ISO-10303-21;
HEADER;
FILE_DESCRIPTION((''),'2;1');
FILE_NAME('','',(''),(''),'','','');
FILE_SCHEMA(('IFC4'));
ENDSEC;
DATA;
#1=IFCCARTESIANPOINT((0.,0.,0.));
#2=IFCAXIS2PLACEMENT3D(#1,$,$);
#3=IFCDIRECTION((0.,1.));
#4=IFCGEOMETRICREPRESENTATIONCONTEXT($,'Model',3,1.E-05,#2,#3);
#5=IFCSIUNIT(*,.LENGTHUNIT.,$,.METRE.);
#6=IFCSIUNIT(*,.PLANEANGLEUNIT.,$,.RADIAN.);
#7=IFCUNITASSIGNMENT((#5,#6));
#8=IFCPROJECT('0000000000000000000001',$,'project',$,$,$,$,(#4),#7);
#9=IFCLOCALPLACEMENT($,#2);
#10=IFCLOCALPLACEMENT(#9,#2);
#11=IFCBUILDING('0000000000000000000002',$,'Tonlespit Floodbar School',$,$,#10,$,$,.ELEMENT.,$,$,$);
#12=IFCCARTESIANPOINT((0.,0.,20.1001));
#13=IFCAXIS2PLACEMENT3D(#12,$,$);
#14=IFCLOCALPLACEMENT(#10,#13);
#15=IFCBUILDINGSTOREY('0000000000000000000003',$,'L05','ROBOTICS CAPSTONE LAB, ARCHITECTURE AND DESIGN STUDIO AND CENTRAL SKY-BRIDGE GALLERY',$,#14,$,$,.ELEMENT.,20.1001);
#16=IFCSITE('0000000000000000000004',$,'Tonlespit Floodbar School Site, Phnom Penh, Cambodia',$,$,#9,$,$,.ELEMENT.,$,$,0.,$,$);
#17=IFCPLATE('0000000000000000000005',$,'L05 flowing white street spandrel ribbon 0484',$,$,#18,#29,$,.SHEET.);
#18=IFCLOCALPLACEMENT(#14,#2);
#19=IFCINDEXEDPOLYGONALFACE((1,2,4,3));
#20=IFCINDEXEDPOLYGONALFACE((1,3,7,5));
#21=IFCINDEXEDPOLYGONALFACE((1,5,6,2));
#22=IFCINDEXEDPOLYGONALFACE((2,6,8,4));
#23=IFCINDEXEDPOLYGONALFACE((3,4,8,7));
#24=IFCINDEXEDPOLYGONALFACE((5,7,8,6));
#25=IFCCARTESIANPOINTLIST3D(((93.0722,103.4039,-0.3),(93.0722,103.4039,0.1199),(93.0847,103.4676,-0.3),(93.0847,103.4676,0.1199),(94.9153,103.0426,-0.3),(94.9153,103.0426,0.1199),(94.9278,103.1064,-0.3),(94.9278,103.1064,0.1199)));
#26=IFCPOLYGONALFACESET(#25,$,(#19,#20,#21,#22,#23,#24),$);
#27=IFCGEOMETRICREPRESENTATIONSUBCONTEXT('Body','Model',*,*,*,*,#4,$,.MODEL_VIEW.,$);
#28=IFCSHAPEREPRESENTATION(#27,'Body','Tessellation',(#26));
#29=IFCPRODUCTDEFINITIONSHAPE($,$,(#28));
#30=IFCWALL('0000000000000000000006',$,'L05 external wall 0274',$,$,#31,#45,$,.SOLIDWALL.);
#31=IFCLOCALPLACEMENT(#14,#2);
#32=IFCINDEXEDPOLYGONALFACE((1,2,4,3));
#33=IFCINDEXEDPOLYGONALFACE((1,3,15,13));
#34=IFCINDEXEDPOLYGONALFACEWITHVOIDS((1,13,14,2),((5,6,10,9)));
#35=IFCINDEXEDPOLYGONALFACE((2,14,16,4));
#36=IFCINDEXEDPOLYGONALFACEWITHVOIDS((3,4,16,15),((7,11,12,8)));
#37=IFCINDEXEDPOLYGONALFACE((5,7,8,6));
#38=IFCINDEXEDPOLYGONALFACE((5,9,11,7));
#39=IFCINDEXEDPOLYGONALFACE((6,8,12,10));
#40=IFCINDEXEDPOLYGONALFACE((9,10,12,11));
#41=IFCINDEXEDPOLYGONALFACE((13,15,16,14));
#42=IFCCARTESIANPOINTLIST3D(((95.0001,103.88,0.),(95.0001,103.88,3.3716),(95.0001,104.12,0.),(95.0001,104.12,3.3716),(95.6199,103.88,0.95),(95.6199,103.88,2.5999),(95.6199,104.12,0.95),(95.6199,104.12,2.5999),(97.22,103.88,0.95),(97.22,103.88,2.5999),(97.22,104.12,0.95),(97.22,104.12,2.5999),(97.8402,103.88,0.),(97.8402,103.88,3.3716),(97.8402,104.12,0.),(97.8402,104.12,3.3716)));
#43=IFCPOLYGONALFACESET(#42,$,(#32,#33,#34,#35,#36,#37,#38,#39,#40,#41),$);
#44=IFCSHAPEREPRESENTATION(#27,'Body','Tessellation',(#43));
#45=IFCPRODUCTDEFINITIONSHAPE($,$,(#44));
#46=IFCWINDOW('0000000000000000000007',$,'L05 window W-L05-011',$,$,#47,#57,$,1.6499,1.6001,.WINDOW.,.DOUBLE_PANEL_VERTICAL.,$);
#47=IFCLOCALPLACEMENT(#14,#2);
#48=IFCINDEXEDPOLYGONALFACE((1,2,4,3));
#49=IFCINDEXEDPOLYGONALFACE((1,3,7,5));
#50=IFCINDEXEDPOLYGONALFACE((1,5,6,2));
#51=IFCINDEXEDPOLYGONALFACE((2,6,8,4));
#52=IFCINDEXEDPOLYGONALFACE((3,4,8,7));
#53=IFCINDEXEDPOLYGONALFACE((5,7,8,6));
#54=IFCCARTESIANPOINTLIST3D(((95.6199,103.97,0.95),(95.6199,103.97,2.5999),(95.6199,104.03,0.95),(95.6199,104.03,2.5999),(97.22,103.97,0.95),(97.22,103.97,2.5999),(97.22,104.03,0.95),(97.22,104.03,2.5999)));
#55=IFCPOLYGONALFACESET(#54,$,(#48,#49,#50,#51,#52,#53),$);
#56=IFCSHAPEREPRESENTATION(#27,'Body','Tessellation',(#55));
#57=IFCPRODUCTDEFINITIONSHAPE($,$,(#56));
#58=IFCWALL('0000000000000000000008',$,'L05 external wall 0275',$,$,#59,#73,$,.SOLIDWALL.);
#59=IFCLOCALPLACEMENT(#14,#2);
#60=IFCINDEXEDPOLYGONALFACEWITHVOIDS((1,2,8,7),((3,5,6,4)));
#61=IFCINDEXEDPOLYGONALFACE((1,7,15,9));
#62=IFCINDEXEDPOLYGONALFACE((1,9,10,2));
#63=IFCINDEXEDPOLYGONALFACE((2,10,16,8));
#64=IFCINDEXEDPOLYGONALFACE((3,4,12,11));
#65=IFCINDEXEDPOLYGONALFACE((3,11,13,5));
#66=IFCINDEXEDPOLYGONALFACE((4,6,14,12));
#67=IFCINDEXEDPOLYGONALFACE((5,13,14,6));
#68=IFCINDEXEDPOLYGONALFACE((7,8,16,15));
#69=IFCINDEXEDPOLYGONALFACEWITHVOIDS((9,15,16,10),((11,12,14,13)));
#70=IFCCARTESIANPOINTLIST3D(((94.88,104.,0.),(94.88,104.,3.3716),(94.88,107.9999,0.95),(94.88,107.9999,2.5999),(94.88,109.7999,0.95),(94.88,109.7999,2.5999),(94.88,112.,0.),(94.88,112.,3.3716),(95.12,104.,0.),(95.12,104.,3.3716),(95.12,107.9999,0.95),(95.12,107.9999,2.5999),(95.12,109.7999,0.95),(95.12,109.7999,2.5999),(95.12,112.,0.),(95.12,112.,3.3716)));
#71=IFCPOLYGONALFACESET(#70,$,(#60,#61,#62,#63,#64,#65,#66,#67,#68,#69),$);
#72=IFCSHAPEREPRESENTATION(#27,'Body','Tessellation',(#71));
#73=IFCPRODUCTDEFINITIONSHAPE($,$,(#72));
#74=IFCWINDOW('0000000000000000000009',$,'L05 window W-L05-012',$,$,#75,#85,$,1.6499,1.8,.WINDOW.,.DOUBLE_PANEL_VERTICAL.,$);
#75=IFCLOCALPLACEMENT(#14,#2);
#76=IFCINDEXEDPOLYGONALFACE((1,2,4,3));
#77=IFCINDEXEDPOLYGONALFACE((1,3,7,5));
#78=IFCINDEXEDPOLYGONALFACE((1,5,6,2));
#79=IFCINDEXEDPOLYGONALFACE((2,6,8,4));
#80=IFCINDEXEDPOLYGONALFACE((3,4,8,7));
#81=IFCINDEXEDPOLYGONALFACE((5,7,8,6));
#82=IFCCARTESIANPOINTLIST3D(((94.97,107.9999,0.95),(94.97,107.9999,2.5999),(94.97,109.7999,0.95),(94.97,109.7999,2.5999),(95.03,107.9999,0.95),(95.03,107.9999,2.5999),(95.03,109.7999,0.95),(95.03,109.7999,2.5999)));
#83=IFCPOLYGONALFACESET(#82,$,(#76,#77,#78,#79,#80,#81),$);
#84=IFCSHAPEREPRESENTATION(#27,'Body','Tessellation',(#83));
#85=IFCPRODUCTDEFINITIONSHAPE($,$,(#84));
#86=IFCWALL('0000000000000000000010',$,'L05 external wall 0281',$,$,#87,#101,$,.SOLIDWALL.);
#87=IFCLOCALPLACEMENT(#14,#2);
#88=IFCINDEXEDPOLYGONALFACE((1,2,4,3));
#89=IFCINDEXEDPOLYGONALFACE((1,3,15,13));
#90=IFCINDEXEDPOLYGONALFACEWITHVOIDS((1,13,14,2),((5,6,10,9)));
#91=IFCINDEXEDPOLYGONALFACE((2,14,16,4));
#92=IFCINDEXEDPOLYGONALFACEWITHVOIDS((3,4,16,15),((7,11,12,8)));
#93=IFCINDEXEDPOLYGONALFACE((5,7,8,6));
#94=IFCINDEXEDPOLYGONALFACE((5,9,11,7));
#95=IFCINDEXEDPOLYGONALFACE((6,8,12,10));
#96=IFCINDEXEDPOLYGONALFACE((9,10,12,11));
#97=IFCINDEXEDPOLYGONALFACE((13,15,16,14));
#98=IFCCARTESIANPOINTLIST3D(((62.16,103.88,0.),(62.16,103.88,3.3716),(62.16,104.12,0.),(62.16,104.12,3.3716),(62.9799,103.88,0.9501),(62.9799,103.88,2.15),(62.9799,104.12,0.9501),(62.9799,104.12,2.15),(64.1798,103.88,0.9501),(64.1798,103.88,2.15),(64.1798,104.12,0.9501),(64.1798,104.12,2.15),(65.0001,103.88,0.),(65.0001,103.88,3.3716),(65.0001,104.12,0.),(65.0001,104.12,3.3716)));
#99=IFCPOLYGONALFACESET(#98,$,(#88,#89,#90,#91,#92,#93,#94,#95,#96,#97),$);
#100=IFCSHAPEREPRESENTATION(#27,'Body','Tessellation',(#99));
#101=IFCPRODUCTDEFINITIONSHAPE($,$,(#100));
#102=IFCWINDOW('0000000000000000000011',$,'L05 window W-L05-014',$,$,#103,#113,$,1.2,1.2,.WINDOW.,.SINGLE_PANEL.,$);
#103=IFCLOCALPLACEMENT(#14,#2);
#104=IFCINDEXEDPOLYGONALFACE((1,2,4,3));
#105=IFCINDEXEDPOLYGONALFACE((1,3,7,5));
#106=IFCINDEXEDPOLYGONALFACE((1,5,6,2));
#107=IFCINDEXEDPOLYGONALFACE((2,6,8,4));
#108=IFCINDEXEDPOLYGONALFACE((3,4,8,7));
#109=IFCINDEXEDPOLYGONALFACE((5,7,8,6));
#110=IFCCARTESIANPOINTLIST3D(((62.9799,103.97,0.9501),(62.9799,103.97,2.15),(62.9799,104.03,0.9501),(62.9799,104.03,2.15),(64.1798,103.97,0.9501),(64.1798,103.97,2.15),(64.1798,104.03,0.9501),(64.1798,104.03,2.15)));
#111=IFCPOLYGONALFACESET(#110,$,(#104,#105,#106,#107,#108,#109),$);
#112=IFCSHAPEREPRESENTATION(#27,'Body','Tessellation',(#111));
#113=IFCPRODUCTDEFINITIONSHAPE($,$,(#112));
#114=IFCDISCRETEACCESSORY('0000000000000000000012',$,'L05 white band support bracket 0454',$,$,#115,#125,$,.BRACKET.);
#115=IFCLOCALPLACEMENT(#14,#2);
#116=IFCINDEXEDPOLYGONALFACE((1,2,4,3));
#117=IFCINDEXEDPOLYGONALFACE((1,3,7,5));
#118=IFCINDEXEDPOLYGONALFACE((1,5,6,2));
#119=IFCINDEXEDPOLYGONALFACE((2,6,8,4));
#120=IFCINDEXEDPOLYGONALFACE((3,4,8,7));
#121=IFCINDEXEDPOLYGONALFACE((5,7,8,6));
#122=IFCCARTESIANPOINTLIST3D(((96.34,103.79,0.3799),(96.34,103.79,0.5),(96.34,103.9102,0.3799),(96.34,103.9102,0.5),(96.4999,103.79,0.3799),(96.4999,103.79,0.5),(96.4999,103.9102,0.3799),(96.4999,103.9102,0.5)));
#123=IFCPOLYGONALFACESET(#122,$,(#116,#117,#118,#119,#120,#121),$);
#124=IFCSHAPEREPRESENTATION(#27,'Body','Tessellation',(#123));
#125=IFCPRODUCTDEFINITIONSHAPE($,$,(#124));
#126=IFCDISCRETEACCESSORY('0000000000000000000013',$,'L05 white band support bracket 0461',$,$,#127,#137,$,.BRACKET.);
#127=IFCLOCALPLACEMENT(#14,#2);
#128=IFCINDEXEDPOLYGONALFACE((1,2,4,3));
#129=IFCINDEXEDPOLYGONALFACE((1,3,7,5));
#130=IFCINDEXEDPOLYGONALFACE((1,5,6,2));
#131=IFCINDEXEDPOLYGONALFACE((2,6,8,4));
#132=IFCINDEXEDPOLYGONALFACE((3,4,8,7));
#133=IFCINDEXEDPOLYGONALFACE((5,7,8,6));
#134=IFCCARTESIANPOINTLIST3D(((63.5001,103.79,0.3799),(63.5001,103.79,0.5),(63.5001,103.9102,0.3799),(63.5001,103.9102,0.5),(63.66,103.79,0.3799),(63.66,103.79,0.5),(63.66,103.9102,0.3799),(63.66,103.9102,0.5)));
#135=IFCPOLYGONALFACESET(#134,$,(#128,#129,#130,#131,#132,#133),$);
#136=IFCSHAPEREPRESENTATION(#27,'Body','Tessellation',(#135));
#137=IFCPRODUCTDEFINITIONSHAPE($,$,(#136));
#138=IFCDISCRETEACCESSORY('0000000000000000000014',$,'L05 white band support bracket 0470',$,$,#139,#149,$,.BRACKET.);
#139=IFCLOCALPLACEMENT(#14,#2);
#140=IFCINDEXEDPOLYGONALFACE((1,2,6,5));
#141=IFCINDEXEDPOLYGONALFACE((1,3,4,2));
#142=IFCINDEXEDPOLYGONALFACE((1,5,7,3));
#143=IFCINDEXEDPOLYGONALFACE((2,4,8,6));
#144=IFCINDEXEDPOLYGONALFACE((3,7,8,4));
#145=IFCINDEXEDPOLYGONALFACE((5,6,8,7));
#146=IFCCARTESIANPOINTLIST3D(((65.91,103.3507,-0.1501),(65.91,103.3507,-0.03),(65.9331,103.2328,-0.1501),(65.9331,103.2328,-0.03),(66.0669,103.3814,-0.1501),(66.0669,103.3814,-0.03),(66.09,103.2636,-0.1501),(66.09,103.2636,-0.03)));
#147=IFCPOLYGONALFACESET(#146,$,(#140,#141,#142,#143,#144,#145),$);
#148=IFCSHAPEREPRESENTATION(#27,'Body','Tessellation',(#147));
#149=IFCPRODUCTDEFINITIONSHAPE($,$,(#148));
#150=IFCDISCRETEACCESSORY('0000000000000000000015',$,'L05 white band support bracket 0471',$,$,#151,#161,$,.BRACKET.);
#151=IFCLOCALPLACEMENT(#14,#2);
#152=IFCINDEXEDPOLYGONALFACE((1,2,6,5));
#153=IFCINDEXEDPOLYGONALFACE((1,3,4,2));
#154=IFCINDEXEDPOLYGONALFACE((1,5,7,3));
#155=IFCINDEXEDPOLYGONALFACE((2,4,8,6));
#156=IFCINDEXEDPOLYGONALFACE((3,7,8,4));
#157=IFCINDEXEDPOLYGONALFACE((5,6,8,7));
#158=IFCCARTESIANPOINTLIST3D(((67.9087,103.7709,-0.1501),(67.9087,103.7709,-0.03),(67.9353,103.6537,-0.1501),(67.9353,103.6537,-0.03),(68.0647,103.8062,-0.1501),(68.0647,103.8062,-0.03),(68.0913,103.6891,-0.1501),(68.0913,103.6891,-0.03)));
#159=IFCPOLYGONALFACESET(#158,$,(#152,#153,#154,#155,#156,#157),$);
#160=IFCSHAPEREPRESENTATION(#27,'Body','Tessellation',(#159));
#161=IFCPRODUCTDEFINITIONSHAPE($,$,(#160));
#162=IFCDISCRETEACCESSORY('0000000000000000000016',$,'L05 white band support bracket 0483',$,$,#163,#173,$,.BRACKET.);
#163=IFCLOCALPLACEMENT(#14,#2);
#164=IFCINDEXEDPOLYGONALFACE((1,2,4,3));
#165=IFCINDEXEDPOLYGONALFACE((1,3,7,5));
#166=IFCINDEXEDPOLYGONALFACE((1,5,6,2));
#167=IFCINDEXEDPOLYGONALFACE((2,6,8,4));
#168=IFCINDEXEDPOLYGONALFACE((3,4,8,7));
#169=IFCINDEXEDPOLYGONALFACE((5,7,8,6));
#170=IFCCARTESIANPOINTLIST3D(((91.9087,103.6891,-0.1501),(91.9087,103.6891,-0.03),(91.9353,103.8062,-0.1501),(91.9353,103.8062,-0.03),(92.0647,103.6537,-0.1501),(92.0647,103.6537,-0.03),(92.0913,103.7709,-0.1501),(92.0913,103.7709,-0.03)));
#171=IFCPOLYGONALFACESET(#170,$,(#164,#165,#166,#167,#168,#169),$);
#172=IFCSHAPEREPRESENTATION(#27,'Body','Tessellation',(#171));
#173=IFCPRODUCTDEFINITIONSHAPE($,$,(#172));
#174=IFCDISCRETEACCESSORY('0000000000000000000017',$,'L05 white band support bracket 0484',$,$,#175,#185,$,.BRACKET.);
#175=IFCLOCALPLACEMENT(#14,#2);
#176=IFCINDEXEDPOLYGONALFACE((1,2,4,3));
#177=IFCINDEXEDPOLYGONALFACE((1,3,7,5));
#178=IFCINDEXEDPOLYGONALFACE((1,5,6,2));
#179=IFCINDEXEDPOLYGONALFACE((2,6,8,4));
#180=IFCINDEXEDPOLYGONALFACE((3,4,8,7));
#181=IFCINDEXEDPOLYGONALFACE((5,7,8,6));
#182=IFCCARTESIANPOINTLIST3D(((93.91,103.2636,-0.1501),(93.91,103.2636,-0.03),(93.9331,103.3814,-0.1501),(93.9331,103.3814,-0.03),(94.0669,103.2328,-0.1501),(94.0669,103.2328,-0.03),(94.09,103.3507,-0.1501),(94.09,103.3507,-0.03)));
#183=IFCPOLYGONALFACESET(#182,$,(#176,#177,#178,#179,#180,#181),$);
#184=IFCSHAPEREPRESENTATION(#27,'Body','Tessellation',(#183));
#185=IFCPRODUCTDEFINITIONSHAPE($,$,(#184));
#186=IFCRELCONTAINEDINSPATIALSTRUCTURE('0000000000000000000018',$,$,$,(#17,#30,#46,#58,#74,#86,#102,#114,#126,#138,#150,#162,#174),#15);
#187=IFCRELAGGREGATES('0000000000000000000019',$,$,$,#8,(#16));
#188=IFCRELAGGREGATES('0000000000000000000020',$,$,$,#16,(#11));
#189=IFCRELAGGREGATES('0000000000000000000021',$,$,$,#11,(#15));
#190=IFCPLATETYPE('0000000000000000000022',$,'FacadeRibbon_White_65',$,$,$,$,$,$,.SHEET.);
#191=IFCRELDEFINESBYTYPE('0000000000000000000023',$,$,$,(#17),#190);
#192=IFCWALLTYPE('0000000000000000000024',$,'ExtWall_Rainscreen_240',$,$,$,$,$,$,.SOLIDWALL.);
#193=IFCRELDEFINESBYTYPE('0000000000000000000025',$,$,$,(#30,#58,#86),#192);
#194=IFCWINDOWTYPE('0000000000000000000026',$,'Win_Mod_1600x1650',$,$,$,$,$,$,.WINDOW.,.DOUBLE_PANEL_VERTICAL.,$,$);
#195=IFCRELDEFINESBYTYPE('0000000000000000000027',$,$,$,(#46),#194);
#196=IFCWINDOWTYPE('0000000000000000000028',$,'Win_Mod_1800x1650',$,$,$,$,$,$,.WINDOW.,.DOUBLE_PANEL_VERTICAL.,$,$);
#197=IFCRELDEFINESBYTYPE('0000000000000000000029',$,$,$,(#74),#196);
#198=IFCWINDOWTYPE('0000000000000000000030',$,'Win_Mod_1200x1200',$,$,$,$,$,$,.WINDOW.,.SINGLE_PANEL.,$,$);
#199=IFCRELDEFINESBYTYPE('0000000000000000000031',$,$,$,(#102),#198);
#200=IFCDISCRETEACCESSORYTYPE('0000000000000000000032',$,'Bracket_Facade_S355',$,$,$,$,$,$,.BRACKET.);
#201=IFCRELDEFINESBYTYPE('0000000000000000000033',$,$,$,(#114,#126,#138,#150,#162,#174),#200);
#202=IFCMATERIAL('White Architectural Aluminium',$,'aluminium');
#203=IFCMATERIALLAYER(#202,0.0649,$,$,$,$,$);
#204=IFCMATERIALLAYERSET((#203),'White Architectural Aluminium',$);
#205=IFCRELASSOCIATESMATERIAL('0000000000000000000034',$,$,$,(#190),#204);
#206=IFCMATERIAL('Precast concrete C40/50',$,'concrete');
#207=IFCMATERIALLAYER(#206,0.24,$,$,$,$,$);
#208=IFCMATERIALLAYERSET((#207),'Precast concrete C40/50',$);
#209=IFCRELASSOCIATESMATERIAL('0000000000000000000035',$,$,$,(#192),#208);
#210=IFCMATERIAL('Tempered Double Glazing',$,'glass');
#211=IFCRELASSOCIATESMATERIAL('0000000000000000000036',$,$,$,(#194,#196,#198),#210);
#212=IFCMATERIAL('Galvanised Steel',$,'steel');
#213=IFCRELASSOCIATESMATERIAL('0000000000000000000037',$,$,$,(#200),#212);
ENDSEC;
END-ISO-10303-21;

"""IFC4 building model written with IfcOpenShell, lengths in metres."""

from ifc_helpers import new_model, si_unit, direction, frame, frame_2d, origin, origin_2d, place, context, subcontext, project, spatial, rectangle, extrude, material, layer, layer_set, type_object, element, fill, save


model = new_model("IFC4")

# Units and contexts
model_context = context("Model", 3, precision=1e-05, world=origin(), true_north=direction((0.0, 1.0)))
body_context = subcontext(model_context, "Body", "Model", "MODEL_VIEW")
ifc_project = project(units=[si_unit("LENGTHUNIT", "METRE"), si_unit("PLANEANGLEUNIT", "RADIAN")], contexts=[model_context])

# Site, building, storey
site_placement = place(None, origin())
site = spatial("IfcSite", under=ifc_project, at=site_placement, Name="Tonlespit Floodbar School Site, Phnom Penh, Cambodia", CompositionType="ELEMENT", RefElevation=0.0)
building_placement = place(site_placement, origin())
building = spatial("IfcBuilding", under=site, at=building_placement, Name="Tonlespit Floodbar School", CompositionType="ELEMENT")
storey_placement = place(building_placement, frame((0.0, 0.0, 20.1001)))
storey = spatial("IfcBuildingStorey", under=building, at=storey_placement, Name="L05", Description="ROBOTICS CAPSTONE LAB, ARCHITECTURE AND DESIGN STUDIO AND CENTRAL SKY-BRIDGE GALLERY", CompositionType="ELEMENT", Elevation=20.1001)

# Plate
ifc_material_1 = material(Name="White Architectural Aluminium", Category="aluminium")
ifc_layer_1 = layer(ifc_material_1, 0.0649)
ifc_layer_set_1 = layer_set([ifc_layer_1], Name="White Architectural Aluminium")
plate_type_1 = type_object("IfcPlateType", Name="FacadeRibbon_White_65", PredefinedType="SHEET", material=ifc_layer_set_1)
plate_1_placement = place(storey_placement, frame((94.0, 103.2551, -0.3), z_axis=(0.0, 0.0, 1.0), x_axis=(0.981328, -0.19234, 0.0)))
element("IfcPlate", 1, at=plate_1_placement, inside=storey, type_object=plate_type_1, Name="L05 flowing white street spandrel ribbon 0484", PredefinedType="SHEET", context=body_context, shape_type="SweptSolid", body=[
    extrude(rectangle(XDim=1.8782, YDim=0.0649, at=origin_2d()), origin(), (0.0, 0.0, 1.0), 0.4199),
])

# Walls, openings, windows
ifc_material_2 = material(Name="Precast concrete C40/50", Category="concrete")
ifc_layer_2 = layer(ifc_material_2, 0.24)
ifc_layer_set_2 = layer_set([ifc_layer_2], Name="Precast concrete C40/50")
wall_type = type_object("IfcWallType", Name="ExtWall_Rainscreen_240", PredefinedType="SOLIDWALL", material=ifc_layer_set_2)
wall_1_placement = place(storey_placement, frame((97.8401, 104.0, 0.0), z_axis=(0.0, 0.0, 1.0), x_axis=(-1.0, 0.0, 0.0)))
wall_1 = element("IfcWall", 2, at=wall_1_placement, inside=storey, type_object=wall_type, Name="L05 external wall 0274", PredefinedType="SOLIDWALL", context=body_context, shape_type="SweptSolid", body=[
    extrude(rectangle(XDim=2.8401, YDim=0.24, at=frame_2d((1.4199, 0.0))), origin(), (0.0, 0.0, 1.0), 3.3716),
])
opening_1_placement = place(wall_1_placement, frame((0.6201, 0.0, 0.95)))
opening_1 = element("IfcOpeningElement", 3, at=opening_1_placement, cuts=wall_1, PredefinedType="OPENING", context=body_context, shape_type="SweptSolid", body=[
    extrude(rectangle(XDim=1.6001, YDim=1.6499, at=frame_2d((0.8, 0.825))), frame((0.0, 0.1299, 0.0), z_axis=(0.0, -1.0, 0.0), x_axis=(1.0, 0.0, 0.0)), (0.0, 0.0, 1.0), 0.26),
])
ifc_material_3 = material(Name="Tempered Double Glazing", Category="glass")
window_type_1 = type_object("IfcWindowType", Name="Win_Mod_1600x1650", PartitioningType="DOUBLE_PANEL_VERTICAL", PredefinedType="WINDOW", material=ifc_material_3)
window_1_placement = place(opening_1_placement, origin())
window_1 = element("IfcWindow", 4, at=window_1_placement, inside=storey, type_object=window_type_1, Name="L05 window W-L05-011", OverallHeight=1.6499, OverallWidth=1.6001, PartitioningType="DOUBLE_PANEL_VERTICAL", PredefinedType="WINDOW", context=body_context, shape_type="SweptSolid", body=[
    extrude(rectangle(XDim=1.6001, YDim=1.6499, at=frame_2d((0.8, 0.825))), frame((0.0, 0.03, 0.0), z_axis=(0.0, -1.0, 0.0), x_axis=(1.0, 0.0, 0.0)), (0.0, 0.0, 1.0), 0.0601),
])
fill(opening_1, window_1)
wall_2_placement = place(storey_placement, frame((95.0, 104.0, 0.0), z_axis=(0.0, 0.0, 1.0), x_axis=(0.0, 1.0, 0.0)))
wall_2 = element("IfcWall", 5, at=wall_2_placement, inside=storey, type_object=wall_type, Name="L05 external wall 0275", PredefinedType="SOLIDWALL", context=body_context, shape_type="SweptSolid", body=[
    extrude(rectangle(XDim=8.0, YDim=0.24, at=frame_2d((4.0, 0.0))), origin(), (0.0, 0.0, 1.0), 3.3716),
])
opening_2_placement = place(wall_2_placement, frame((4.0, 0.0, 0.95)))
opening_2 = element("IfcOpeningElement", 6, at=opening_2_placement, cuts=wall_2, PredefinedType="OPENING", context=body_context, shape_type="SweptSolid", body=[
    extrude(rectangle(XDim=1.8, YDim=1.6499, at=frame_2d((0.8999, 0.825))), frame((0.0, 0.1299, 0.0), z_axis=(0.0, -1.0, 0.0), x_axis=(1.0, 0.0, 0.0)), (0.0, 0.0, 1.0), 0.26),
])
window_type_2 = type_object("IfcWindowType", Name="Win_Mod_1800x1650", PartitioningType="DOUBLE_PANEL_VERTICAL", PredefinedType="WINDOW", material=ifc_material_3)
window_2_placement = place(opening_2_placement, origin())
window_2 = element("IfcWindow", 7, at=window_2_placement, inside=storey, type_object=window_type_2, Name="L05 window W-L05-012", OverallHeight=1.6499, OverallWidth=1.8, PartitioningType="DOUBLE_PANEL_VERTICAL", PredefinedType="WINDOW", context=body_context, shape_type="SweptSolid", body=[
    extrude(rectangle(XDim=1.8, YDim=1.6499, at=frame_2d((0.8999, 0.825))), frame((0.0, 0.03, 0.0), z_axis=(0.0, -1.0, 0.0), x_axis=(1.0, 0.0, 0.0)), (0.0, 0.0, 1.0), 0.0601),
])
fill(opening_2, window_2)
wall_3_placement = place(storey_placement, frame((65.0, 104.0, 0.0), z_axis=(0.0, 0.0, 1.0), x_axis=(-1.0, 0.0, 0.0)))
wall_3 = element("IfcWall", 8, at=wall_3_placement, inside=storey, type_object=wall_type, Name="L05 external wall 0281", PredefinedType="SOLIDWALL", context=body_context, shape_type="SweptSolid", body=[
    extrude(rectangle(XDim=2.8401, YDim=0.24, at=frame_2d((1.4199, 0.0))), origin(), (0.0, 0.0, 1.0), 3.3716),
])
opening_3_placement = place(wall_3_placement, frame((0.8201, 0.0, 0.95)))
opening_3 = element("IfcOpeningElement", 9, at=opening_3_placement, cuts=wall_3, PredefinedType="OPENING", context=body_context, shape_type="SweptSolid", body=[
    extrude(rectangle(XDim=1.2, YDim=1.2, at=frame_2d((0.6001, 0.6001))), frame((0.0, 0.1299, 0.0), z_axis=(0.0, -1.0, 0.0), x_axis=(1.0, 0.0, 0.0)), (0.0, 0.0, 1.0), 0.26),
])
window_type_3 = type_object("IfcWindowType", Name="Win_Mod_1200x1200", PartitioningType="SINGLE_PANEL", PredefinedType="WINDOW", material=ifc_material_3)
window_3_placement = place(opening_3_placement, origin())
window_3 = element("IfcWindow", 10, at=window_3_placement, inside=storey, type_object=window_type_3, Name="L05 window W-L05-014", OverallHeight=1.2, OverallWidth=1.2, PartitioningType="SINGLE_PANEL", PredefinedType="WINDOW", context=body_context, shape_type="SweptSolid", body=[
    extrude(rectangle(XDim=1.2, YDim=1.2, at=frame_2d((0.6001, 0.6001))), frame((0.0, 0.03, 0.0), z_axis=(0.0, -1.0, 0.0), x_axis=(1.0, 0.0, 0.0)), (0.0, 0.0, 1.0), 0.0601),
])
fill(opening_3, window_3)

# Shared definitions
ifc_material_4 = material(Name="Galvanised Steel", Category="steel")

# Discrete accessories
discrete_accessory_type = type_object("IfcDiscreteAccessoryType", Name="Bracket_Facade_S355", PredefinedType="BRACKET", material=ifc_material_4)
for number, where, z_axis, x_axis, name in (
    (11, (96.4199, 103.8501, 0.3799), (0.0, 0.0, 1.0), (-1.0, 0.0, 0.0), "L05 white band support bracket 0454"),
    (12, (63.5801, 103.8501, 0.3799), (0.0, 0.0, 1.0), (-1.0, 0.0, 0.0), "L05 white band support bracket 0461"),
    (13, (66.0, 103.3071, -0.1501), (0.0, 0.0, 1.0), (0.981328, 0.19234, 0.0), "L05 white band support bracket 0470"),
    (14, (68.0, 103.73, -0.1501), (0.0, 0.0, 1.0), (0.975232, 0.221183, 0.0), "L05 white band support bracket 0471"),
    (15, (92.0, 103.73, -0.1501), (0.0, 0.0, 1.0), (0.975232, -0.221183, 0.0), "L05 white band support bracket 0483"),
    (16, (94.0, 103.3071, -0.1501), (0.0, 0.0, 1.0), (0.981328, -0.19234, 0.0), "L05 white band support bracket 0484"),
):
    element("IfcDiscreteAccessory", number, at=place(storey_placement, frame(where, z_axis=z_axis, x_axis=x_axis)), inside=storey, type_object=discrete_accessory_type, Name=name, PredefinedType="BRACKET", context=body_context, shape_type="SweptSolid", body=[
        extrude(rectangle(XDim=0.1599, YDim=0.1201, at=origin_2d()), origin(), (0.0, 0.0, 1.0), 0.1201),
    ])

save(model, "model.ifc")
